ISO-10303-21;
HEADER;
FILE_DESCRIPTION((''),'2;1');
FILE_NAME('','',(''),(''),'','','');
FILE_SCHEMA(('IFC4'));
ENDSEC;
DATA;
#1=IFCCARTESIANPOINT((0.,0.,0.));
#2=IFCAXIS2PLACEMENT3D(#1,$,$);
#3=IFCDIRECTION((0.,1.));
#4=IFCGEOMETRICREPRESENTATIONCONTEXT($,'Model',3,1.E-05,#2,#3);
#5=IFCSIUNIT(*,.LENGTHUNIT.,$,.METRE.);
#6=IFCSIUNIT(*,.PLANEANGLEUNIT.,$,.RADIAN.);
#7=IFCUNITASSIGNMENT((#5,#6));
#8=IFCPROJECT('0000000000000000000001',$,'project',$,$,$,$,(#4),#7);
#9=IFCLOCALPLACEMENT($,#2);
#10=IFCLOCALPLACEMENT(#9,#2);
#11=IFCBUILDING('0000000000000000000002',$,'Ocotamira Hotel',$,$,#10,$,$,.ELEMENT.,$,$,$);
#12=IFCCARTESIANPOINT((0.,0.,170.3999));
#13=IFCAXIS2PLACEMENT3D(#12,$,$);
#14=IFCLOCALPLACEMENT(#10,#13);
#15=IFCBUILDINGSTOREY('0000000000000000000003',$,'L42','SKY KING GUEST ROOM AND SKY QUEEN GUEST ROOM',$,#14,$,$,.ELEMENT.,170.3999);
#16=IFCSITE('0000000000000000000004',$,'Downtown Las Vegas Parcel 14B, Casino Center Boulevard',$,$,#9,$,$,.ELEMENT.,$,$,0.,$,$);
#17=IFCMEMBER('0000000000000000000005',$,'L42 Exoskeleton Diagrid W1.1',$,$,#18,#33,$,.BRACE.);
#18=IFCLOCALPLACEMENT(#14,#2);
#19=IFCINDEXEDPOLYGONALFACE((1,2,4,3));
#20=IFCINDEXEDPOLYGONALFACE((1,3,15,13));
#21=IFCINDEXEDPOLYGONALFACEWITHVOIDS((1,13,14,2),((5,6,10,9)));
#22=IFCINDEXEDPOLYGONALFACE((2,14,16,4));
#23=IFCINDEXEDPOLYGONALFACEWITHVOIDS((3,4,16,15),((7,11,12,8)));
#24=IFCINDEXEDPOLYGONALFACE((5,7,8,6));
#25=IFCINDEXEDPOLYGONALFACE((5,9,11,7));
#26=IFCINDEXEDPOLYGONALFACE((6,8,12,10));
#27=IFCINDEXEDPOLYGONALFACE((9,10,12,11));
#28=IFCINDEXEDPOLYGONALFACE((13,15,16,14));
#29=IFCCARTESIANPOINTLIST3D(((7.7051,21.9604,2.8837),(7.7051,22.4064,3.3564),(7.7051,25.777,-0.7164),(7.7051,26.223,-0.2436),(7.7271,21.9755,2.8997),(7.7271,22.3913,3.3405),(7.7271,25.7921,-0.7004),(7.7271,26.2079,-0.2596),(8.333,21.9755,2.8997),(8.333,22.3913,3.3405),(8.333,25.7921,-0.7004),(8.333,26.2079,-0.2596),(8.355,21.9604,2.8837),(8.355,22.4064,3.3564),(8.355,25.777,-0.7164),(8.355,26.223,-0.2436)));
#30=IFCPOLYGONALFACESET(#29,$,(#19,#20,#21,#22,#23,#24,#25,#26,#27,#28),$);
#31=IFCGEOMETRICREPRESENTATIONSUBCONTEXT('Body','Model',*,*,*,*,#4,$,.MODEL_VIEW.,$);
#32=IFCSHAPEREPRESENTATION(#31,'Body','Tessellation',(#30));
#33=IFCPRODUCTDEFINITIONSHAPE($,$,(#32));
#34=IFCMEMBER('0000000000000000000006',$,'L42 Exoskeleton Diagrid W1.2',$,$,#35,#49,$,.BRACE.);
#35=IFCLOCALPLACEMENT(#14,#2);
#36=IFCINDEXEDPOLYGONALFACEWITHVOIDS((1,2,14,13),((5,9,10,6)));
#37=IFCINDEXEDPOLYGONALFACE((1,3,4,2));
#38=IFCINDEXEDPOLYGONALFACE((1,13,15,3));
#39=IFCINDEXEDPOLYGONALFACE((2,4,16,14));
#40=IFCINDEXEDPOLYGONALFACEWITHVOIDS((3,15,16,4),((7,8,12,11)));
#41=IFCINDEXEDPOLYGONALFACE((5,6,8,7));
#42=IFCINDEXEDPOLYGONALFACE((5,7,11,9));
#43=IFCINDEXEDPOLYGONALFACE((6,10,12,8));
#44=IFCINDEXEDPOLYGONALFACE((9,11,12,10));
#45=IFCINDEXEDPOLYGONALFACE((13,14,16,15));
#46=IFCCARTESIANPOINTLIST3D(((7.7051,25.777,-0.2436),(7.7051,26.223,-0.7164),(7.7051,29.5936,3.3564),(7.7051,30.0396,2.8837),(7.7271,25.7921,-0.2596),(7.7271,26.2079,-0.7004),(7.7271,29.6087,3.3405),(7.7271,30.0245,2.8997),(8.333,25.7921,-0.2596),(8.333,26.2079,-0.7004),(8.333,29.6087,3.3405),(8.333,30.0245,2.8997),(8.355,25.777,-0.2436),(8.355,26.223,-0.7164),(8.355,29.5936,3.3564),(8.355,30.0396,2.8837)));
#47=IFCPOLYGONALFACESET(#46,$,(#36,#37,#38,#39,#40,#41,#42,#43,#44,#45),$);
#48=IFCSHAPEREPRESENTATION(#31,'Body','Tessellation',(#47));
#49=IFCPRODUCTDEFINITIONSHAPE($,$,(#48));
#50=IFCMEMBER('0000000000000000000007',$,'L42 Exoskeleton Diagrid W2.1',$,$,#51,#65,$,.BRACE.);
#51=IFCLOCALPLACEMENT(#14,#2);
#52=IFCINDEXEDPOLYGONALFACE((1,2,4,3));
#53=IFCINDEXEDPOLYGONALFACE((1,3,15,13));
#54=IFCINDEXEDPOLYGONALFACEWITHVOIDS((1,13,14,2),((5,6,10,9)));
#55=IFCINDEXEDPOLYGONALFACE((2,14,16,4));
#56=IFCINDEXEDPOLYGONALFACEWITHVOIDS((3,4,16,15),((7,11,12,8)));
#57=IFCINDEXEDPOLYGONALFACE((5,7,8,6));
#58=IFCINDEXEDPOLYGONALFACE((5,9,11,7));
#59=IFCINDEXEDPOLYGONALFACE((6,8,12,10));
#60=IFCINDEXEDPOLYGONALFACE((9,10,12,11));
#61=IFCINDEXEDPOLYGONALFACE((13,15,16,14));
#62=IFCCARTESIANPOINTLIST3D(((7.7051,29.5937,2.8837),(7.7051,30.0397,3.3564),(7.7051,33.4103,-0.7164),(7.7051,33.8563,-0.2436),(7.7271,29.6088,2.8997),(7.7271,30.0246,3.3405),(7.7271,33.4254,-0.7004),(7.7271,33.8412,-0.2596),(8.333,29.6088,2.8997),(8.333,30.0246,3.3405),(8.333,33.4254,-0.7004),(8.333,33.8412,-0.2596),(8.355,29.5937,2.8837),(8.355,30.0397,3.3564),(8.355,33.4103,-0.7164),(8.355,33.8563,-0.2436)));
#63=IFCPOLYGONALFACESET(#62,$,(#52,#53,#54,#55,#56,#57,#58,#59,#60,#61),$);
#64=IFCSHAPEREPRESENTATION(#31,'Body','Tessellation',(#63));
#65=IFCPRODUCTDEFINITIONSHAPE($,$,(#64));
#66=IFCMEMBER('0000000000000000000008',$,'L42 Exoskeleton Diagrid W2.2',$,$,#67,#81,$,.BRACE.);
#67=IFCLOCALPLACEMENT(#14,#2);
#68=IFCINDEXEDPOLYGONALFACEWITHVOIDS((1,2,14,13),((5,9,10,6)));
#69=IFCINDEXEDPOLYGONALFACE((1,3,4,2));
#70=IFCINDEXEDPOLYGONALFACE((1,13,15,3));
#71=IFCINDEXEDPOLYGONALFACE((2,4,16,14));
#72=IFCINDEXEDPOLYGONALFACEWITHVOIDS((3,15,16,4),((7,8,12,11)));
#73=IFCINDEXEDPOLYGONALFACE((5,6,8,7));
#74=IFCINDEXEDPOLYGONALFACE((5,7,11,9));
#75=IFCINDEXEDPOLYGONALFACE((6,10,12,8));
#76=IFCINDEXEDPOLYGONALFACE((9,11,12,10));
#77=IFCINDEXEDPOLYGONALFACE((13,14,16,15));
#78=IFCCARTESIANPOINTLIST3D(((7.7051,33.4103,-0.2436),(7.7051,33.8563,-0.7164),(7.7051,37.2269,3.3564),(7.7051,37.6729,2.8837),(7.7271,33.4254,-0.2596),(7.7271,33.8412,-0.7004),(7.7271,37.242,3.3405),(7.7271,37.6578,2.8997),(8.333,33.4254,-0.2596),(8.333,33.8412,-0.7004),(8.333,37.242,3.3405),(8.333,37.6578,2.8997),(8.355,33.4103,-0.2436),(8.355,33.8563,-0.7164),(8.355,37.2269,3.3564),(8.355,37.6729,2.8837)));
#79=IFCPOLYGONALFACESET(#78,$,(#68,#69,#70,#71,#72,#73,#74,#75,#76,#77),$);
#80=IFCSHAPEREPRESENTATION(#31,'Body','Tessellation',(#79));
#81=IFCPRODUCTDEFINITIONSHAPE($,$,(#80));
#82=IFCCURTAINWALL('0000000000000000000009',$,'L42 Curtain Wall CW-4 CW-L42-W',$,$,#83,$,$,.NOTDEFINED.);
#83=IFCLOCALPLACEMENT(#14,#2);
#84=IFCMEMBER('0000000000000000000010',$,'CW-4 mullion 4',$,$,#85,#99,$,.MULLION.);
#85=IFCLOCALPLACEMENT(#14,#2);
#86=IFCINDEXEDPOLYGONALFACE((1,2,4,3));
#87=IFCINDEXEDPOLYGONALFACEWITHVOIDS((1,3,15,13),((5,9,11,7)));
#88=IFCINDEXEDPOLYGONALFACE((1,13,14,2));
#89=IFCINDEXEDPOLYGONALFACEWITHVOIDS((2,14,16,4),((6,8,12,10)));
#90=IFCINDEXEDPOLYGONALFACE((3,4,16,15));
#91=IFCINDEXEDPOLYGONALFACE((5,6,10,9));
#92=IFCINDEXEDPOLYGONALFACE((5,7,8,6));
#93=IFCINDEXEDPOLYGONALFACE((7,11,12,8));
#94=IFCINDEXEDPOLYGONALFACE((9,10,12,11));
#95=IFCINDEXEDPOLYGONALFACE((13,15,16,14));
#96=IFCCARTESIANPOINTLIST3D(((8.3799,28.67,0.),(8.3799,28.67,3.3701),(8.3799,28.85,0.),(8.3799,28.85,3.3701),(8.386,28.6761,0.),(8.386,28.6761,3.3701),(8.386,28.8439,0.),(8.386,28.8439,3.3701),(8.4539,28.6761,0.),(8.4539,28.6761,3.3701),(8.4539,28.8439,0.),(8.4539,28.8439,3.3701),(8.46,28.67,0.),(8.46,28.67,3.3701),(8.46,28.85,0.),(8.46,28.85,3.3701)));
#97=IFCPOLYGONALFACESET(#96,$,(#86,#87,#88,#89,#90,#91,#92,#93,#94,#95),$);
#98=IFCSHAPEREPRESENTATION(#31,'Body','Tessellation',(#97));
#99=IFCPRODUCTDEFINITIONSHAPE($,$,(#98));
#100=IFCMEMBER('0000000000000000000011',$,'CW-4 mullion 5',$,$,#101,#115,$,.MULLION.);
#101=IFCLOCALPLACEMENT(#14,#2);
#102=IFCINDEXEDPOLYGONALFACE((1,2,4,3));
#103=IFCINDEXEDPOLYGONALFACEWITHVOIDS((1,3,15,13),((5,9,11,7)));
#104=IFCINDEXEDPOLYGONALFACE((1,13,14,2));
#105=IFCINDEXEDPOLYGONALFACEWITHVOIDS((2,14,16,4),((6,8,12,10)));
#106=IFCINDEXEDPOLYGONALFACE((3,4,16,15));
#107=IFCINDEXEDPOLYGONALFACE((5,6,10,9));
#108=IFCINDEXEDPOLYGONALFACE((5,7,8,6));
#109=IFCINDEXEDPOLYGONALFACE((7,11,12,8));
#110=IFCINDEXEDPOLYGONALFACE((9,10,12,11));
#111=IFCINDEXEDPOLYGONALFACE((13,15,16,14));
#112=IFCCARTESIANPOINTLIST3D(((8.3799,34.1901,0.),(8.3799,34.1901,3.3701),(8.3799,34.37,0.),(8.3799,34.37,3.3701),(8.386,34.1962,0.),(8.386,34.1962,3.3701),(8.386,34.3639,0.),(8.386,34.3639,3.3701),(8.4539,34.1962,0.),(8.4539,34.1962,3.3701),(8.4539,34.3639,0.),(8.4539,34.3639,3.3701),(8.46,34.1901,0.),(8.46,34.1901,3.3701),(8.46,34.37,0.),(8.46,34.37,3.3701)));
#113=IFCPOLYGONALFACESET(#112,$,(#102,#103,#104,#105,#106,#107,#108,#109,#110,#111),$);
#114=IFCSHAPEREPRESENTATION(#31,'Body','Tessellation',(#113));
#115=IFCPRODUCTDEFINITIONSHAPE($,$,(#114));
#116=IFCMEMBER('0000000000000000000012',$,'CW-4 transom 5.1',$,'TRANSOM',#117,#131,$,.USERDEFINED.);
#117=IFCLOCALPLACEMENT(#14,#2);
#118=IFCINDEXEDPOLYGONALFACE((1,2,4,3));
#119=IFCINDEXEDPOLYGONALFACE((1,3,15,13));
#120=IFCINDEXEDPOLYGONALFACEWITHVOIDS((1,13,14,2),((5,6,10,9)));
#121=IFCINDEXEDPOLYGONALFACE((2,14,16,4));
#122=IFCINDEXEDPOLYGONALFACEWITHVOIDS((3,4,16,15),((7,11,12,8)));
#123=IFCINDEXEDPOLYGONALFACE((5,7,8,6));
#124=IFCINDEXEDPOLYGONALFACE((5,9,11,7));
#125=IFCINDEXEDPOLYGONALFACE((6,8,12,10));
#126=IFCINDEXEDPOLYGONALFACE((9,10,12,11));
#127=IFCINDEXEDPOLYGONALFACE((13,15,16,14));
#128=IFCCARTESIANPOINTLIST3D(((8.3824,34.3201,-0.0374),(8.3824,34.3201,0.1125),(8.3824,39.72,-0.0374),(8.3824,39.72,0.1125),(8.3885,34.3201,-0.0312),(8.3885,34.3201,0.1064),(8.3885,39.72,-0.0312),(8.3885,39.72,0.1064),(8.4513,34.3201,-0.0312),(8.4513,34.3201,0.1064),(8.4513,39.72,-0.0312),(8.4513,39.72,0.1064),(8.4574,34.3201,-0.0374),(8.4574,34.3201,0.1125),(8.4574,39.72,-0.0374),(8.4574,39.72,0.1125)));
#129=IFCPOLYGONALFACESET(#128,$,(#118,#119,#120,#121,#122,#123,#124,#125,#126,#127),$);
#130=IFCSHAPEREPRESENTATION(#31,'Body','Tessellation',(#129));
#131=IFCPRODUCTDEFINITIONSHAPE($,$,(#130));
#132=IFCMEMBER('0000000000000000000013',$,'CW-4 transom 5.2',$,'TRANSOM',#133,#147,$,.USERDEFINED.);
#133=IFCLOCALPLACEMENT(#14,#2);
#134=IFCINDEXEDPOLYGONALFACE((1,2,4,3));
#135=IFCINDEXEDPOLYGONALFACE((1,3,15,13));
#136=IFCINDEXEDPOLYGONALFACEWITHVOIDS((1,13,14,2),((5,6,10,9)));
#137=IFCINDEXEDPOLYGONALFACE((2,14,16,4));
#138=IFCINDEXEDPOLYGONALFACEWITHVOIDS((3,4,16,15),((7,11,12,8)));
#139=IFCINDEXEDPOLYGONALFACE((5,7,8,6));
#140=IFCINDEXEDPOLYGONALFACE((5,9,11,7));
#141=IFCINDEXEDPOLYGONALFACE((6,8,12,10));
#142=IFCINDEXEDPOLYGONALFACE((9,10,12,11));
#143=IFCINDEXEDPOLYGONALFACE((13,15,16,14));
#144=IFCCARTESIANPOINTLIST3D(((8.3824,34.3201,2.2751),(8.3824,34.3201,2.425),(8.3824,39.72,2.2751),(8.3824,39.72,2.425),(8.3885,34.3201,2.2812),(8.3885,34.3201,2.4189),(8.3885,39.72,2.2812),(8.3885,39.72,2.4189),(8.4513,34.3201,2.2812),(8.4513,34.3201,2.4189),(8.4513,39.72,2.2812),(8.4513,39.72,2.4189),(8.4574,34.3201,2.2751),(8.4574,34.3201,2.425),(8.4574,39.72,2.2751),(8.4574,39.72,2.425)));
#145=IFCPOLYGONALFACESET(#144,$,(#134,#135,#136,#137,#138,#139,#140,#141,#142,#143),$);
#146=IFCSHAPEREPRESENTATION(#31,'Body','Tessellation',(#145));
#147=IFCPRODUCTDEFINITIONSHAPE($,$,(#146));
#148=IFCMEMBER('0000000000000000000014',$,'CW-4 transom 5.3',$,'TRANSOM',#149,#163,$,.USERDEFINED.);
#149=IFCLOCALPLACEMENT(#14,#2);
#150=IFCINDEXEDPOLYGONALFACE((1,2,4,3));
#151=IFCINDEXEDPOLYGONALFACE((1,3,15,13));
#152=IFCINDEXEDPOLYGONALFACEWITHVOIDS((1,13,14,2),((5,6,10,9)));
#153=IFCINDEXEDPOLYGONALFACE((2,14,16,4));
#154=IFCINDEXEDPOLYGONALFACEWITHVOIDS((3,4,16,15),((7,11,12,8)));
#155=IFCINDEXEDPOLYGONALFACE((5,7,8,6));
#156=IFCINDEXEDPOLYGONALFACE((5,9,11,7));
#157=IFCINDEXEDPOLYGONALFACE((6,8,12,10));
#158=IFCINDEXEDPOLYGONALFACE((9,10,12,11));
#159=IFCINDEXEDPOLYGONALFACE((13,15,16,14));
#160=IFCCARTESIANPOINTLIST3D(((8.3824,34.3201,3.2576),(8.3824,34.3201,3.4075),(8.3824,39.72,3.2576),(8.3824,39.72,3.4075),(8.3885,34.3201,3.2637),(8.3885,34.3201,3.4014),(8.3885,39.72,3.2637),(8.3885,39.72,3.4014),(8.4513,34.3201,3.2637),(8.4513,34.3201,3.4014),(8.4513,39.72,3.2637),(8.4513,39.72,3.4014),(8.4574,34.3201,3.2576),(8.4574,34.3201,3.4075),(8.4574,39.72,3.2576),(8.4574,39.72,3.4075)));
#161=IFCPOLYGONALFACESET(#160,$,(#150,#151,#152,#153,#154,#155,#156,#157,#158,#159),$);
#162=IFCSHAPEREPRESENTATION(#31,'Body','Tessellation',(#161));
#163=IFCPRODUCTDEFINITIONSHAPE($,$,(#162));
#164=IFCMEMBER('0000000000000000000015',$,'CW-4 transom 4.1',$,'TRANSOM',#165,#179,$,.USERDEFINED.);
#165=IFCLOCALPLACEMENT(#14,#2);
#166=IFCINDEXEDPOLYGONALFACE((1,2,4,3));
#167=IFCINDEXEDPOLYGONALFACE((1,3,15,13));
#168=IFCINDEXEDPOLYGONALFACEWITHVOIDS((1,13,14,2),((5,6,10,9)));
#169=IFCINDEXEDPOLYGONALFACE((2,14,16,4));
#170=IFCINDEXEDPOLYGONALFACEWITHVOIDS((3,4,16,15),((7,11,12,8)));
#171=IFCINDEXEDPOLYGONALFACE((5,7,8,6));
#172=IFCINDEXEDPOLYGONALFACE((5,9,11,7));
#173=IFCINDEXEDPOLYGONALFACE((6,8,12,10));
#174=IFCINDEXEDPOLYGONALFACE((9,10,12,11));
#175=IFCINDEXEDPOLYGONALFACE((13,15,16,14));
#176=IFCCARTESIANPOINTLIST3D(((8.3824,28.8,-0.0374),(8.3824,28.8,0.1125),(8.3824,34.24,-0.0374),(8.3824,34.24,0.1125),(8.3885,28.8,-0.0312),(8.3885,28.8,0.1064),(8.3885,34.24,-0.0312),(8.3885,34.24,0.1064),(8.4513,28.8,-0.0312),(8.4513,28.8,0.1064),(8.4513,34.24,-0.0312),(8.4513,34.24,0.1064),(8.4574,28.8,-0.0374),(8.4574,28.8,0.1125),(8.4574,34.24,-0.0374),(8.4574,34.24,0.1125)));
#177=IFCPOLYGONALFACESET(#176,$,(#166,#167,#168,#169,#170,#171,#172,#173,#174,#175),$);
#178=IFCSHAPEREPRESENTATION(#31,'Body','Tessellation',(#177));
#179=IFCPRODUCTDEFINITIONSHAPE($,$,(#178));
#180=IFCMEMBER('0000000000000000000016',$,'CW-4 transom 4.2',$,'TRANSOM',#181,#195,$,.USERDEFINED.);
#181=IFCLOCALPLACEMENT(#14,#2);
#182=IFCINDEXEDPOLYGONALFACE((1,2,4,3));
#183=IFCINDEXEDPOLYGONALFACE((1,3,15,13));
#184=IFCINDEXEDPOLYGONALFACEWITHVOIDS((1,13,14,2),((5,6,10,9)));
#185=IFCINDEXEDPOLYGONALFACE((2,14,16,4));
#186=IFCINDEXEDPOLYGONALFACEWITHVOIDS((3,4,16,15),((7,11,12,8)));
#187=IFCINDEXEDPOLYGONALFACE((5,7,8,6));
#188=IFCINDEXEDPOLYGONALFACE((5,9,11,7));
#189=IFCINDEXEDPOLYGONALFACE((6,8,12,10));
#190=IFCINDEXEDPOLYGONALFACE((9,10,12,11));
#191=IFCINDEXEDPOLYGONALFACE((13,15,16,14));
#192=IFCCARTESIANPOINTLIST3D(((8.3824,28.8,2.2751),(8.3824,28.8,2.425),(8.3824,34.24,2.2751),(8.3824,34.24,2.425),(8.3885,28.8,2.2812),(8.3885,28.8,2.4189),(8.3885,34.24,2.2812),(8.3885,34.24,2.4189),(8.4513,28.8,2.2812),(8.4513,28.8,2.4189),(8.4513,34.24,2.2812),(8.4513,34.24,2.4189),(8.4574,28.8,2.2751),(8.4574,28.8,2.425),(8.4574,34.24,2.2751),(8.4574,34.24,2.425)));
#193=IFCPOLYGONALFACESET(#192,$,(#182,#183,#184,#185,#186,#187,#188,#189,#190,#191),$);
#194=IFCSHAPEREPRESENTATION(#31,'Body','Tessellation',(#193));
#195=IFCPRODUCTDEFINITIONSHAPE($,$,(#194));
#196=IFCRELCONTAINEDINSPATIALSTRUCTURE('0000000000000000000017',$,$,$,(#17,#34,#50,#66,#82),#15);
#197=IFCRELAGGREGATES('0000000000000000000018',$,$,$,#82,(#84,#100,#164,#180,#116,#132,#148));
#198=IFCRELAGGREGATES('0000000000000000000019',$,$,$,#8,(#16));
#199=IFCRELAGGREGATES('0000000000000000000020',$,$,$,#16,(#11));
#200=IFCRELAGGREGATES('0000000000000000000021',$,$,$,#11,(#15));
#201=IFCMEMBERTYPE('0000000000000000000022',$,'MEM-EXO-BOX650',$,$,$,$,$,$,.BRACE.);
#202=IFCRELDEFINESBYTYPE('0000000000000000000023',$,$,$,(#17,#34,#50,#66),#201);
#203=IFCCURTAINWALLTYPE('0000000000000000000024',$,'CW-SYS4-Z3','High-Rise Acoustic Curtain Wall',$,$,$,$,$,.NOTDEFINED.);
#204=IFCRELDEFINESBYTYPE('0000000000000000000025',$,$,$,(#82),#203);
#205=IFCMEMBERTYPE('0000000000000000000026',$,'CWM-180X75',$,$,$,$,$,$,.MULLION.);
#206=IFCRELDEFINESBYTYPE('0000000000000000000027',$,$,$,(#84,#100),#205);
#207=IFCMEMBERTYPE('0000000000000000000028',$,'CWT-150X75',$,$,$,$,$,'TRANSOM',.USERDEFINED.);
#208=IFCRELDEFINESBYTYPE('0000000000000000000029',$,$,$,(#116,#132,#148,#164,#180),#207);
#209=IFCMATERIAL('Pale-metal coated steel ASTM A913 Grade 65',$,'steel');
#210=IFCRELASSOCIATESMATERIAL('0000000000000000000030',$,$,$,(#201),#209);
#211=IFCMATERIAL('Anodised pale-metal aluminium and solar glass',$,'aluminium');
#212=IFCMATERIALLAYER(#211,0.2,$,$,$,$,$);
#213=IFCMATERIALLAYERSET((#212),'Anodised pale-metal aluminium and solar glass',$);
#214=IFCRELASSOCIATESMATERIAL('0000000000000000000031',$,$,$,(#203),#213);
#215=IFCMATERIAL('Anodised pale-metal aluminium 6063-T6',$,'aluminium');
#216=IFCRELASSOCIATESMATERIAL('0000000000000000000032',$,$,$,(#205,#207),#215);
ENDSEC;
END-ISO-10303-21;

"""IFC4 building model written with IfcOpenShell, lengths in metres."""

from ifc_helpers import new_model, si_unit, direction, frame, origin, origin_2d, place, context, subcontext, project, spatial, hollow_rectangle, extrude, source, transform, mapped, material, layer, layer_set, material_profile, profile_set, type_object, element, aggregate, save


model = new_model("IFC4")

# Units and contexts
model_context = context("Model", 3, precision=1e-05, world=origin(), true_north=direction((0.0, 1.0)))
body_context = subcontext(model_context, "Body", "Model", "MODEL_VIEW")
ifc_project = project(units=[si_unit("LENGTHUNIT", "METRE"), si_unit("PLANEANGLEUNIT", "RADIAN")], contexts=[model_context])

# Site, building, storey
site_placement = place(None, origin())
site = spatial("IfcSite", under=ifc_project, at=site_placement, Name="Downtown Las Vegas Parcel 14B, Casino Center Boulevard", CompositionType="ELEMENT", RefElevation=0.0)
building_placement = place(site_placement, origin())
building = spatial("IfcBuilding", under=site, at=building_placement, Name="Ocotamira Hotel", CompositionType="ELEMENT")
storey_placement = place(building_placement, frame((0.0, 0.0, 170.3999)))
storey = spatial("IfcBuildingStorey", under=building, at=storey_placement, Name="L42", Description="SKY KING GUEST ROOM AND SKY QUEEN GUEST ROOM", CompositionType="ELEMENT", Elevation=170.3999)

# Members
ifc_material_1 = material(Name="Pale-metal coated steel ASTM A913 Grade 65", Category="steel")
ifc_material_profile_1 = material_profile(ifc_material_1, hollow_rectangle(XDim=0.6499, YDim=0.6499, WallThickness=0.022, at=origin_2d()), Name="BOX650X650X22")
ifc_profile_set_1 = profile_set([ifc_material_profile_1], Name="Pale-metal coated steel ASTM A913 Grade 65")
member_type_1 = type_object("IfcMemberType", Name="MEM-EXO-BOX650", PredefinedType="BRACE", material=ifc_profile_set_1)
shared_shape_1 = source(origin(), body_context, "Body", "SweptSolid", [
    extrude(hollow_rectangle(XDim=0.6499, YDim=0.6499, WallThickness=0.022, at=origin_2d()), origin(), (0.0, 0.0, 1.0), 5.2466),
])
for number, where, z_axis, x_axis, name in (
    (1, (8.03, 26.0, -0.48), (0.0, -0.727443, 0.686168), (1.0, 0.0, 0.0), "L42 Exoskeleton Diagrid W1.1"),
    (2, (8.03, 26.0, -0.48), (0.0, 0.727443, 0.686168), (-1.0, 0.0, 0.0), "L42 Exoskeleton Diagrid W1.2"),
    (3, (8.03, 33.6333, -0.48), (0.0, -0.727443, 0.686168), (1.0, 0.0, 0.0), "L42 Exoskeleton Diagrid W2.1"),
    (4, (8.03, 33.6333, -0.48), (0.0, 0.727443, 0.686168), (-1.0, 0.0, 0.0), "L42 Exoskeleton Diagrid W2.2"),
):
    element("IfcMember", number, at=place(storey_placement, frame(where, z_axis=z_axis, x_axis=x_axis)), inside=storey, type_object=member_type_1, Name=name, PredefinedType="BRACE", context=body_context, shape_type="MappedRepresentation", body=[
        mapped(shared_shape_1, transform((0.0, 0.0, 0.0), scale=1.0)),
    ])

# Curtain wall, members
ifc_material_2 = material(Name="Anodised pale-metal aluminium and solar glass", Category="aluminium")
ifc_layer_1 = layer(ifc_material_2, 0.2)
ifc_layer_set_1 = layer_set([ifc_layer_1], Name="Anodised pale-metal aluminium and solar glass")
curtain_wall_type = type_object("IfcCurtainWallType", Name="CW-SYS4-Z3", Description="High-Rise Acoustic Curtain Wall", PredefinedType="NOTDEFINED", material=ifc_layer_set_1)
curtain_wall_placement = place(storey_placement, origin())
curtain_wall = element("IfcCurtainWall", 5, at=curtain_wall_placement, inside=storey, type_object=curtain_wall_type, Name="L42 Curtain Wall CW-4 CW-L42-W", PredefinedType="NOTDEFINED")
ifc_material_3 = material(Name="Anodised pale-metal aluminium 6063-T6", Category="aluminium")
ifc_material_profile_2 = material_profile(ifc_material_3, hollow_rectangle(XDim=0.0801, YDim=0.1799, WallThickness=0.0061, at=origin_2d()), Name="HSS180X80X6")
ifc_profile_set_2 = profile_set([ifc_material_profile_2], Name="Anodised pale-metal aluminium 6063-T6")
member_type_2 = type_object("IfcMemberType", Name="CWM-180X75", PredefinedType="MULLION", material=ifc_profile_set_2)
shared_shape_2 = source(origin(), body_context, "Body", "SweptSolid", [
    extrude(hollow_rectangle(XDim=0.0801, YDim=0.1799, WallThickness=0.0061, at=origin_2d()), origin(), (0.0, 0.0, 1.0), 3.3701),
])
member_1_placement = place(storey_placement, frame((8.4199, 28.76, 0.0), z_axis=(0.0, 0.0, 1.0), x_axis=(-1.0, 0.0, 0.0)))
member_1 = element("IfcMember", 6, at=member_1_placement, type_object=member_type_2, Name="CW-4 mullion 4", PredefinedType="MULLION", context=body_context, shape_type="MappedRepresentation", body=[
    mapped(shared_shape_2, transform((0.0, 0.0, 0.0), scale=1.0)),
])
member_2_placement = place(storey_placement, frame((8.4199, 34.28, 0.0), z_axis=(0.0, 0.0, 1.0), x_axis=(-1.0, 0.0, 0.0)))
member_2 = element("IfcMember", 7, at=member_2_placement, type_object=member_type_2, Name="CW-4 mullion 5", PredefinedType="MULLION", context=body_context, shape_type="MappedRepresentation", body=[
    mapped(shared_shape_2, transform((0.0, 0.0, 0.0), scale=1.0)),
])
ifc_material_profile_3 = material_profile(ifc_material_3, hollow_rectangle(XDim=0.075, YDim=0.1499, WallThickness=0.0061, at=origin_2d()), Name="HSS150X75X6")
ifc_profile_set_3 = profile_set([ifc_material_profile_3], Name="Anodised pale-metal aluminium 6063-T6")
member_type_3 = type_object("IfcMemberType", Name="CWT-150X75", ElementType="TRANSOM", PredefinedType="USERDEFINED", material=ifc_profile_set_3)
shared_shape_3 = source(origin(), body_context, "Body", "SweptSolid", [
    extrude(hollow_rectangle(XDim=0.075, YDim=0.1499, WallThickness=0.0061, at=origin_2d()), origin(), (0.0, 0.0, 1.0), 5.3999),
])
member_3_placement = place(storey_placement, frame((8.4199, 34.3201, 0.0376), z_axis=(0.0, 1.0, 0.0), x_axis=(-1.0, 0.0, 0.0)))
member_3 = element("IfcMember", 8, at=member_3_placement, type_object=member_type_3, Name="CW-4 transom 5.1", ObjectType="TRANSOM", PredefinedType="USERDEFINED", context=body_context, shape_type="MappedRepresentation", body=[
    mapped(shared_shape_3, transform((0.0, 0.0, 0.0), scale=1.0)),
])
member_4_placement = place(storey_placement, frame((8.4199, 34.3201, 2.3501), z_axis=(0.0, 1.0, 0.0), x_axis=(-1.0, 0.0, 0.0)))
member_4 = element("IfcMember", 9, at=member_4_placement, type_object=member_type_3, Name="CW-4 transom 5.2", ObjectType="TRANSOM", PredefinedType="USERDEFINED", context=body_context, shape_type="MappedRepresentation", body=[
    mapped(shared_shape_3, transform((0.0, 0.0, 0.0), scale=1.0)),
])
member_5_placement = place(storey_placement, frame((8.4199, 34.3201, 3.3325), z_axis=(0.0, 1.0, 0.0), x_axis=(-1.0, 0.0, 0.0)))
member_5 = element("IfcMember", 10, at=member_5_placement, type_object=member_type_3, Name="CW-4 transom 5.3", ObjectType="TRANSOM", PredefinedType="USERDEFINED", context=body_context, shape_type="MappedRepresentation", body=[
    mapped(shared_shape_3, transform((0.0, 0.0, 0.0), scale=1.0)),
])
shared_shape_4 = source(origin(), body_context, "Body", "SweptSolid", [
    extrude(hollow_rectangle(XDim=0.075, YDim=0.1499, WallThickness=0.0061, at=origin_2d()), origin(), (0.0, 0.0, 1.0), 5.4399),
])
member_6_placement = place(storey_placement, frame((8.4199, 28.8, 0.0376), z_axis=(0.0, 1.0, 0.0), x_axis=(-1.0, 0.0, 0.0)))
member_6 = element("IfcMember", 11, at=member_6_placement, type_object=member_type_3, Name="CW-4 transom 4.1", ObjectType="TRANSOM", PredefinedType="USERDEFINED", context=body_context, shape_type="MappedRepresentation", body=[
    mapped(shared_shape_4, transform((0.0, 0.0, 0.0), scale=1.0)),
])
member_7_placement = place(storey_placement, frame((8.4199, 28.8, 2.3501), z_axis=(0.0, 1.0, 0.0), x_axis=(-1.0, 0.0, 0.0)))
member_7 = element("IfcMember", 12, at=member_7_placement, type_object=member_type_3, Name="CW-4 transom 4.2", ObjectType="TRANSOM", PredefinedType="USERDEFINED", context=body_context, shape_type="MappedRepresentation", body=[
    mapped(shared_shape_4, transform((0.0, 0.0, 0.0), scale=1.0)),
])

aggregate(curtain_wall, [member_1, member_2, member_6, member_7, member_3, member_4, member_5])

save(model, "model.ifc")
